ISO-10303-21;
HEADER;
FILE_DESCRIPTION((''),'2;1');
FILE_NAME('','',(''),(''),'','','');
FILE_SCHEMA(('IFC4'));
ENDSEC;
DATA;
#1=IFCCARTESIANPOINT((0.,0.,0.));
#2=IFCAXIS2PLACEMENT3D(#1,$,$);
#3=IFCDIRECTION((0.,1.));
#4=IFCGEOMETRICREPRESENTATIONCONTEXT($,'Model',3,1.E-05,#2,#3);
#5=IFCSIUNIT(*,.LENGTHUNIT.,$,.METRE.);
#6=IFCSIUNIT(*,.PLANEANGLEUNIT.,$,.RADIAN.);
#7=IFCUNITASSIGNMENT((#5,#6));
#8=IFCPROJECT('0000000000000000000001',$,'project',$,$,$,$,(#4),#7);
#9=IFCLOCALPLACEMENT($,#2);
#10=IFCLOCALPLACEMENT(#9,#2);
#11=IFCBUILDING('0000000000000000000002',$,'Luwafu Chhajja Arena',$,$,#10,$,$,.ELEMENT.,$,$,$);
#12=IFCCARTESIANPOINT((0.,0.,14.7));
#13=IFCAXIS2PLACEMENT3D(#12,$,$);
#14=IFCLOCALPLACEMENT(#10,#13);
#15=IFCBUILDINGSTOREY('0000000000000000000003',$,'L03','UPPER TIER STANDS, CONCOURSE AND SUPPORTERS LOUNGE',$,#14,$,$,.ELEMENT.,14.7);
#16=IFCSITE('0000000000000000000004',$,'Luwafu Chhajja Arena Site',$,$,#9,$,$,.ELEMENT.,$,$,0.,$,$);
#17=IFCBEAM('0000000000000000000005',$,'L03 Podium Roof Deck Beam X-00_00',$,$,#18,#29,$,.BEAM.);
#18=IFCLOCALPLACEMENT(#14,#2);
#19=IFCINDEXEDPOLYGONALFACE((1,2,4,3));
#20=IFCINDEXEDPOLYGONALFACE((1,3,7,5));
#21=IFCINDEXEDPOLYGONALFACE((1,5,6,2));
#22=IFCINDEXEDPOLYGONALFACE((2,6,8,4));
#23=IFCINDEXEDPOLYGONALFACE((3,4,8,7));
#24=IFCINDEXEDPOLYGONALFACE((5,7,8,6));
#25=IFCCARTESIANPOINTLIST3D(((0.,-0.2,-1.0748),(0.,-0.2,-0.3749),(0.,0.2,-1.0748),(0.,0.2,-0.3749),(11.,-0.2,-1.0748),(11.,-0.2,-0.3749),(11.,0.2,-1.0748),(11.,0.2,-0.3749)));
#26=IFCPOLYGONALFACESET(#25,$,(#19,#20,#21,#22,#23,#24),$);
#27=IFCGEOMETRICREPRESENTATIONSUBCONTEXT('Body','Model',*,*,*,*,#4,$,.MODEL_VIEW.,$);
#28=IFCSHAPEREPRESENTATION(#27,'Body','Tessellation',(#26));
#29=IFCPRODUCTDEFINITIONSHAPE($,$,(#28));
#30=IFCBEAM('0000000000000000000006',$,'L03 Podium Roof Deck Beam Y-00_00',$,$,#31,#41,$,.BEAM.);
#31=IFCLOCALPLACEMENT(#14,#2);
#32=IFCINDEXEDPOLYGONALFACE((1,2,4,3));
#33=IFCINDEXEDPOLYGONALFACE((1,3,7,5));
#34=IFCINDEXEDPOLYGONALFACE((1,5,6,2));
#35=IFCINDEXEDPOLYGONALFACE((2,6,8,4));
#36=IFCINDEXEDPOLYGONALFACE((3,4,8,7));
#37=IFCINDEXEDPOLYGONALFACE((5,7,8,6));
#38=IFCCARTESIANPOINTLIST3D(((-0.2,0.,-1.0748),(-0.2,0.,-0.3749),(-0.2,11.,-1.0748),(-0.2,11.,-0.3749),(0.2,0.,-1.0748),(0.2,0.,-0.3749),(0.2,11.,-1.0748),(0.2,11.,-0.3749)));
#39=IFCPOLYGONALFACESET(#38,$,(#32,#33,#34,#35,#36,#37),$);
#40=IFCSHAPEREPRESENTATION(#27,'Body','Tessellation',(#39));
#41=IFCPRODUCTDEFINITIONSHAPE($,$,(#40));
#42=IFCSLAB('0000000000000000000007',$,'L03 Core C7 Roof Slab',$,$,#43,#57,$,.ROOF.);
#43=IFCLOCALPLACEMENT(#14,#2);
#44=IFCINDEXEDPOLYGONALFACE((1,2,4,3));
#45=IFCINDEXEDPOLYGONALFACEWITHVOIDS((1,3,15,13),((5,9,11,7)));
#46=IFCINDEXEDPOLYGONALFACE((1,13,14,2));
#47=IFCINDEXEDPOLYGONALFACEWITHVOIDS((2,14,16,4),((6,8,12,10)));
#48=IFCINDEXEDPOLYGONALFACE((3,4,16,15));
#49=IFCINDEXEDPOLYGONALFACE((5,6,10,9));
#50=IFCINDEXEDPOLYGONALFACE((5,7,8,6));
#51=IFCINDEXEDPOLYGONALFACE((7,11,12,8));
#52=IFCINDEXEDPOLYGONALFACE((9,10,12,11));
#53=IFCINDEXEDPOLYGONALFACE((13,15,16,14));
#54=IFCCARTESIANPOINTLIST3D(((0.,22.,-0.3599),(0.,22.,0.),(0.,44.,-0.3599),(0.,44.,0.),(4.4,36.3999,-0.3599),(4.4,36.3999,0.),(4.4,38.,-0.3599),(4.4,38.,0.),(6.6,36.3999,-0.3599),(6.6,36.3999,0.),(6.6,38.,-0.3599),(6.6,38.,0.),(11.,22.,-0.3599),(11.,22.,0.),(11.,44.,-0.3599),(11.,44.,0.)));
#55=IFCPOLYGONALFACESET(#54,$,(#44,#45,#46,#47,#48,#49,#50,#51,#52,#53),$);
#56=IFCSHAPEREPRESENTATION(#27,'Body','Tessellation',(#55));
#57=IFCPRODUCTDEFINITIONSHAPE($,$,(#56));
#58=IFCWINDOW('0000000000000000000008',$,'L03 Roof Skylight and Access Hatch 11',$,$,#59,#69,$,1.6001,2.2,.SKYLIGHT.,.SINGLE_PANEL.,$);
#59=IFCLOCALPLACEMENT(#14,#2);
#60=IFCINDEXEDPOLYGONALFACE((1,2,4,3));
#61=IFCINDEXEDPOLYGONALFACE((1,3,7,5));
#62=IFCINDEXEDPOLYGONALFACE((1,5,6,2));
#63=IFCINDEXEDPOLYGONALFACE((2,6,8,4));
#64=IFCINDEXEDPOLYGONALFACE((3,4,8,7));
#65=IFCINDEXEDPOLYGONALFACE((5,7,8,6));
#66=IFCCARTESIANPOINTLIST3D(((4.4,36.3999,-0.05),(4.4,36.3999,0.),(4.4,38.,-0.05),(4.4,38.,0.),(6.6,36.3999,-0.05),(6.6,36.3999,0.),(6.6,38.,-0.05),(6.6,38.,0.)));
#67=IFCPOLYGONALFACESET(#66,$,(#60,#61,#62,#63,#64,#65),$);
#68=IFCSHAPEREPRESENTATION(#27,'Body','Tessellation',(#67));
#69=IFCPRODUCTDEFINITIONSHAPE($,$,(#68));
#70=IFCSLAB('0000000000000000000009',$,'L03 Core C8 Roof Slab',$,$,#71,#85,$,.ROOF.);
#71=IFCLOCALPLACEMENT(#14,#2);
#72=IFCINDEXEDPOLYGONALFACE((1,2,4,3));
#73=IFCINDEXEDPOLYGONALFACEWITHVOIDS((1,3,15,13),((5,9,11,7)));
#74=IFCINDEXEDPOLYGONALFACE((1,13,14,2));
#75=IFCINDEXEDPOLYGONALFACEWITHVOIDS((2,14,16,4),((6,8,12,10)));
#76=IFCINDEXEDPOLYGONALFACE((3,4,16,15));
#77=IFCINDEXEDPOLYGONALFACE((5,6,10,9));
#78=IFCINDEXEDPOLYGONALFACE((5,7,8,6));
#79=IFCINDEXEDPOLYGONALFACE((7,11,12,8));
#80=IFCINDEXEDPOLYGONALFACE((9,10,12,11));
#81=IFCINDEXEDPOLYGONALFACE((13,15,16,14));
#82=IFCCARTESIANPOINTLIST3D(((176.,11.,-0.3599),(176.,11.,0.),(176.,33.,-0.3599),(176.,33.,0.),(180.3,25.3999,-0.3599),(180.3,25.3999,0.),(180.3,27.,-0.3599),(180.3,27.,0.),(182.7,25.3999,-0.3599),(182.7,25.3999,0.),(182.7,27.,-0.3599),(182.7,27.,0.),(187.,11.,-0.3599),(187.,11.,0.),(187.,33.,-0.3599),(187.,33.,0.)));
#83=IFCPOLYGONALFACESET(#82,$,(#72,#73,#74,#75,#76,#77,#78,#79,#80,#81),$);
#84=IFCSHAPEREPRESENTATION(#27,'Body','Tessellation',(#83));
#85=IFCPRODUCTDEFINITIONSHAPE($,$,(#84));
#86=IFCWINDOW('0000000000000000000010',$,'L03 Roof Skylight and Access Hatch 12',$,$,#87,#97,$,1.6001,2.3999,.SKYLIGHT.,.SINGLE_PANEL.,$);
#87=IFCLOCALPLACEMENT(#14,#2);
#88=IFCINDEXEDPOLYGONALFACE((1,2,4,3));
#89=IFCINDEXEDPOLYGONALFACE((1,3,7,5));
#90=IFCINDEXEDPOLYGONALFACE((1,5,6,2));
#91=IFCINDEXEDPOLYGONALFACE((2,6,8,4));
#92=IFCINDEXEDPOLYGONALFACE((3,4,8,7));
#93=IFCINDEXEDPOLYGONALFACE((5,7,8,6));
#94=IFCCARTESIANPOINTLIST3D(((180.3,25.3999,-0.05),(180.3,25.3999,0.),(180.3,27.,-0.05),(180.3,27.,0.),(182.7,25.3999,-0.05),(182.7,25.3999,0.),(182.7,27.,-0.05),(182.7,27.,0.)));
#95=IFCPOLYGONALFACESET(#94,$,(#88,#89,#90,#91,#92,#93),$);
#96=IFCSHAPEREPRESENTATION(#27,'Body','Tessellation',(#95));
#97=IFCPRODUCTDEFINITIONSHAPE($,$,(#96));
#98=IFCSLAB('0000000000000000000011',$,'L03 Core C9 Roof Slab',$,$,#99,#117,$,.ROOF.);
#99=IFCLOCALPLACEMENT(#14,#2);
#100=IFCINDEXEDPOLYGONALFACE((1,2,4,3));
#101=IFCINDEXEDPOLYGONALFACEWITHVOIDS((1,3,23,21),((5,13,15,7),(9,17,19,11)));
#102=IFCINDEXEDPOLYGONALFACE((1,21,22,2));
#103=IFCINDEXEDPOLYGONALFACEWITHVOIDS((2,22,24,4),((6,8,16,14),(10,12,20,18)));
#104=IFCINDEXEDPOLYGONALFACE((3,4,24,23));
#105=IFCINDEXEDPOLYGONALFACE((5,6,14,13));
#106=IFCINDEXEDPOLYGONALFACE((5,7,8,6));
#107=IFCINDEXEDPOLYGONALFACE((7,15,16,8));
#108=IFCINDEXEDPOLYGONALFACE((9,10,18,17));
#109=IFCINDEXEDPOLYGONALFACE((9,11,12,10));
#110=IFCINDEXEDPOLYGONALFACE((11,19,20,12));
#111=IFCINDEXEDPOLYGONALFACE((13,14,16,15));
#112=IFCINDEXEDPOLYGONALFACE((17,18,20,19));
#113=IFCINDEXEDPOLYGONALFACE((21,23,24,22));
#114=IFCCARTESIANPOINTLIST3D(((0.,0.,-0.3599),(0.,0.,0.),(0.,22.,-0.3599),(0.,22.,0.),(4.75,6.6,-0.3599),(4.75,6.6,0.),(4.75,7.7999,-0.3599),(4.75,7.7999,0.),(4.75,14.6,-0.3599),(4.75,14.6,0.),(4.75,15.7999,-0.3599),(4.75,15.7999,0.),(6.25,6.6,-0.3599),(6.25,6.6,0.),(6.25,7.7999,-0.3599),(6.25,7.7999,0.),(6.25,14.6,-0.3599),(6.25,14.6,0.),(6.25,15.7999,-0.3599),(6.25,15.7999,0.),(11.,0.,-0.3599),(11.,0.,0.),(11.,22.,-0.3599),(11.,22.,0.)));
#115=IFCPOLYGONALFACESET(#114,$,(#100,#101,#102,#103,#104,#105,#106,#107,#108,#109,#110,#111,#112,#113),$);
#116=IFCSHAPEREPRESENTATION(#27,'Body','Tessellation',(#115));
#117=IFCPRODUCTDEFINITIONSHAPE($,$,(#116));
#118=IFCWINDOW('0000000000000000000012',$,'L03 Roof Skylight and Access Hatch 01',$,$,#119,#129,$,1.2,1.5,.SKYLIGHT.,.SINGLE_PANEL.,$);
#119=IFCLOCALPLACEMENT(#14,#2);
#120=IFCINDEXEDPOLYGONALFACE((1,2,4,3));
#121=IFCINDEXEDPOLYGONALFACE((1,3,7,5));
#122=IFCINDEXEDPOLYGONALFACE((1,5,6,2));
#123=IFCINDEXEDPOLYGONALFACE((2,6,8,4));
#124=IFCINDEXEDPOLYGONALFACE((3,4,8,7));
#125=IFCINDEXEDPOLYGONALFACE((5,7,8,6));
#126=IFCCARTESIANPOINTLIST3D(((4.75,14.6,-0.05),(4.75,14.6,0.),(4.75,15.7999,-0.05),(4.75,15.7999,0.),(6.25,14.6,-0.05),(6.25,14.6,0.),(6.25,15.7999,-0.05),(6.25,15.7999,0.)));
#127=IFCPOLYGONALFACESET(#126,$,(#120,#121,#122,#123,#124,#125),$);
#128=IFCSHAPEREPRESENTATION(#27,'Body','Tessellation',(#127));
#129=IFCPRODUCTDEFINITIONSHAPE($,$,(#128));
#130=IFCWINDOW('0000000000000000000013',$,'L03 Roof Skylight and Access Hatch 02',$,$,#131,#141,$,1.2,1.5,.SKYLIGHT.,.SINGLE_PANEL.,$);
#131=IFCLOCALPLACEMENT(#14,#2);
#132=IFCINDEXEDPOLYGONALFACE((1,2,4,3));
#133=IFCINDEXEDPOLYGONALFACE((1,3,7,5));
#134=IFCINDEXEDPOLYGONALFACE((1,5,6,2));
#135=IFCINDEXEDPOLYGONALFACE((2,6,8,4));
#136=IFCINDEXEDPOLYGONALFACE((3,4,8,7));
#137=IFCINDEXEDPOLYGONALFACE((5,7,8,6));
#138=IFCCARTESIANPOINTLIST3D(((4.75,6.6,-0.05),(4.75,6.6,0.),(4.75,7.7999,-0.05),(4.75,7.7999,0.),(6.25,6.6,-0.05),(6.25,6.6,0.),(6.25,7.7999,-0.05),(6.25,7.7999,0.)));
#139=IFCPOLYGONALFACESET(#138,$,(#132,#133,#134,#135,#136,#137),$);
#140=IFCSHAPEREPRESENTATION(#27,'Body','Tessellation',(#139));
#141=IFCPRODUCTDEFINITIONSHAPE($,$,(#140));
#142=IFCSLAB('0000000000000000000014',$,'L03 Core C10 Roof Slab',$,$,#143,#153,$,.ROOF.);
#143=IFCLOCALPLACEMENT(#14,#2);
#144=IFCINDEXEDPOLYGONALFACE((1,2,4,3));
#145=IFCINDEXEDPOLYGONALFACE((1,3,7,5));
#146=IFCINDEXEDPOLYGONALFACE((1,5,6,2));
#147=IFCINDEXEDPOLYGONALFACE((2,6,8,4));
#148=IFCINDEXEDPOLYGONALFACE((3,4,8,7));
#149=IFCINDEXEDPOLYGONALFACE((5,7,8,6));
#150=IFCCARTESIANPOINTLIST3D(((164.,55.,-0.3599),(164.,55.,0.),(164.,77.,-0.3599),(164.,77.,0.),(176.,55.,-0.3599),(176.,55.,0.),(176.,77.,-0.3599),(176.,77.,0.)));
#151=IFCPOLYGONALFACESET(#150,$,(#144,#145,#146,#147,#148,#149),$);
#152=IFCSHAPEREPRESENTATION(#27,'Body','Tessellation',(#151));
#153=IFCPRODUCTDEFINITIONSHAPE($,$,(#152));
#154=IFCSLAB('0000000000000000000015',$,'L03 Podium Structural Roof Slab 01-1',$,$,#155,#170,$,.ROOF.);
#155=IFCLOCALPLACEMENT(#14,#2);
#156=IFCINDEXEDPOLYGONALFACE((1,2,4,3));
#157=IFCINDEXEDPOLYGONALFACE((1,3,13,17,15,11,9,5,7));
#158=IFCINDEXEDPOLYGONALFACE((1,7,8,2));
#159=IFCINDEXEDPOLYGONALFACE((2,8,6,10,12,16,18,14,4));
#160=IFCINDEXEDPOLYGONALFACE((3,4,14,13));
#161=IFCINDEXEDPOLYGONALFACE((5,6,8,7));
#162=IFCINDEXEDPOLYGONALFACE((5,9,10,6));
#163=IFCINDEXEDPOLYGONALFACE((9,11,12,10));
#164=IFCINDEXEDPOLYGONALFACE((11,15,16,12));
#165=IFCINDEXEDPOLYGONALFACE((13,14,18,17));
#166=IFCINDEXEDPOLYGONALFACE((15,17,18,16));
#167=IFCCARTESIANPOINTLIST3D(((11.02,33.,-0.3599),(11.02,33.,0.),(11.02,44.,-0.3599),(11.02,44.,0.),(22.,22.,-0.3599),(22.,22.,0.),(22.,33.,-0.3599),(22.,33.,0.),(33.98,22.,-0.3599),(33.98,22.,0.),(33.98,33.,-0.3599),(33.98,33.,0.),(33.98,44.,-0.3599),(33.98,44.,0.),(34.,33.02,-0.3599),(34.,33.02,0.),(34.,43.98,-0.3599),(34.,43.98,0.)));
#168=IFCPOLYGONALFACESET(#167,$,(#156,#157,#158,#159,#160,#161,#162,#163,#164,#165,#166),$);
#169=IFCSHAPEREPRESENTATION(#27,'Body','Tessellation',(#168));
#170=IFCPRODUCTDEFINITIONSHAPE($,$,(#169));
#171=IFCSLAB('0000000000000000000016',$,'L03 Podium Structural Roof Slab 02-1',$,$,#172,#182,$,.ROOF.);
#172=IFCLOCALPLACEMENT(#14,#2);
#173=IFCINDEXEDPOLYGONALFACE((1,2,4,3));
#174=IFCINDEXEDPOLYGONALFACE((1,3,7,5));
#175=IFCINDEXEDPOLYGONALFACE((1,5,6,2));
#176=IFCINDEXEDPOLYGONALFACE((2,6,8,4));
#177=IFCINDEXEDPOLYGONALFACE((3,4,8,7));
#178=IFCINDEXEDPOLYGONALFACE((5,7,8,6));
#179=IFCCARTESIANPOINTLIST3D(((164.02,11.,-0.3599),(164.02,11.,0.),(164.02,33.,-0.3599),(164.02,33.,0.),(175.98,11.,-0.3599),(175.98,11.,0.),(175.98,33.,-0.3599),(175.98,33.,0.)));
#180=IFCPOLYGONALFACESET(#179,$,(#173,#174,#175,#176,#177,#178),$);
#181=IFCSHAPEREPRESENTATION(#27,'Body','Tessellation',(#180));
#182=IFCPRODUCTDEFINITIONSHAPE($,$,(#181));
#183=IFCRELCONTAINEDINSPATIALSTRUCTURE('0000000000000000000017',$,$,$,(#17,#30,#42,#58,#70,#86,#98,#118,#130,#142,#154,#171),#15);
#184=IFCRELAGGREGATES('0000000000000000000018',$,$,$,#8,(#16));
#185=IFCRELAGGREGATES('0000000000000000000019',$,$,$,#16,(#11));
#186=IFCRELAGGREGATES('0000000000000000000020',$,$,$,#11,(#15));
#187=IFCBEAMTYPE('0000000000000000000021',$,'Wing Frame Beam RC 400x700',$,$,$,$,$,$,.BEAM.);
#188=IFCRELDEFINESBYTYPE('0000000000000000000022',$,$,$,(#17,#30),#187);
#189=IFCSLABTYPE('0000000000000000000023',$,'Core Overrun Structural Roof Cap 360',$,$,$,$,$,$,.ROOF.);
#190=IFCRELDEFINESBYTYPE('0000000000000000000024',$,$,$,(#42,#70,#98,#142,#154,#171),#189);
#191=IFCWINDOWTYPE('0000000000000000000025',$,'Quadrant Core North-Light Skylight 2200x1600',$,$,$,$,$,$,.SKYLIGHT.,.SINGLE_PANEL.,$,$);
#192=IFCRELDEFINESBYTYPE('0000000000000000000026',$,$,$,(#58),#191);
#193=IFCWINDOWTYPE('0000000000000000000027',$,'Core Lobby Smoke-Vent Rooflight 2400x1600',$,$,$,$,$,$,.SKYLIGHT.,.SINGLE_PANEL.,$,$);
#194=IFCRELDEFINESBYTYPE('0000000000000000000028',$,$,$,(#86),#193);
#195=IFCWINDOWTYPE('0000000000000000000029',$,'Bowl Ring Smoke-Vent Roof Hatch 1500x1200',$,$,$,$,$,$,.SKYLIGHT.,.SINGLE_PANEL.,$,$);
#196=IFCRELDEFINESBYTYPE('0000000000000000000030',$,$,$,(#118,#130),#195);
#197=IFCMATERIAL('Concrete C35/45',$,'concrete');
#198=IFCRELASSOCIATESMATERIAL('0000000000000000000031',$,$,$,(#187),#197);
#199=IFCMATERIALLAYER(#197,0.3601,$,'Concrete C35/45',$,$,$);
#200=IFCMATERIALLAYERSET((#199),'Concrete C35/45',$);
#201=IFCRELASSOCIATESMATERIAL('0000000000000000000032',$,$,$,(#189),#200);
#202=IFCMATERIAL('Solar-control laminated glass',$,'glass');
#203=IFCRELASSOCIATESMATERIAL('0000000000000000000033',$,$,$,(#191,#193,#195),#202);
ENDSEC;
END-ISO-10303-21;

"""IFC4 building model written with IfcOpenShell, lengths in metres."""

from ifc_helpers import new_model, si_unit, direction, frame, origin, origin_2d, place, context, subcontext, project, spatial, polyline, rectangle, outline, extrude, material, layer, layer_set, material_profile, profile_set, type_object, element, fill, save


model = new_model("IFC4")

# Units and contexts
model_context = context("Model", 3, precision=1e-05, world=origin(), true_north=direction((0.0, 1.0)))
body_context = subcontext(model_context, "Body", "Model", "MODEL_VIEW")
ifc_project = project(units=[si_unit("LENGTHUNIT", "METRE"), si_unit("PLANEANGLEUNIT", "RADIAN")], contexts=[model_context])

# Site, building, storey
site_placement = place(None, origin())
site = spatial("IfcSite", under=ifc_project, at=site_placement, Name="Luwafu Chhajja Arena Site", CompositionType="ELEMENT", RefElevation=0.0)
building_placement = place(site_placement, origin())
building = spatial("IfcBuilding", under=site, at=building_placement, Name="Luwafu Chhajja Arena", CompositionType="ELEMENT")
storey_placement = place(building_placement, frame((0.0, 0.0, 14.7)))
storey = spatial("IfcBuildingStorey", under=building, at=storey_placement, Name="L03", Description="UPPER TIER STANDS, CONCOURSE AND SUPPORTERS LOUNGE", CompositionType="ELEMENT", Elevation=14.7)

# Beams
ifc_material_1 = material(Name="Concrete C35/45", Category="concrete")
ifc_material_profile = material_profile(ifc_material_1, rectangle(XDim=0.3999, YDim=0.7, at=origin_2d()), Name="RC 400x700")
ifc_profile_set = profile_set([ifc_material_profile], Name="Concrete C35/45")
beam_type = type_object("IfcBeamType", Name="Wing Frame Beam RC 400x700", PredefinedType="BEAM", material=ifc_profile_set)
for number, where, z_axis, x_axis, name in (
    (1, (0.0, 0.0, -0.7249), (1.0, 0.0, 0.0), (0.0, 1.0, 0.0), "L03 Podium Roof Deck Beam X-00_00"),
    (2, (0.0, 0.0, -0.7249), (0.0, 1.0, 0.0), (-1.0, 0.0, 0.0), "L03 Podium Roof Deck Beam Y-00_00"),
):
    element("IfcBeam", number, at=place(storey_placement, frame(where, z_axis=z_axis, x_axis=x_axis)), inside=storey, type_object=beam_type, Name=name, PredefinedType="BEAM", context=body_context, shape_type="SweptSolid", body=[
        extrude(rectangle(XDim=0.3999, YDim=0.7, at=origin_2d()), origin(), (0.0, 0.0, 1.0), 11.0),
    ])

# Slabs, openings, windows
ifc_layer_1 = layer(ifc_material_1, 0.3601, Name="Concrete C35/45")
ifc_layer_set_1 = layer_set([ifc_layer_1], Name="Concrete C35/45")
slab_type_1 = type_object("IfcSlabType", Name="Core Overrun Structural Roof Cap 360", PredefinedType="ROOF", material=ifc_layer_set_1)
slab_1_placement = place(storey_placement, frame((0.0, 0.0, -0.3599)))
slab_1 = element("IfcSlab", 3, at=slab_1_placement, inside=storey, type_object=slab_type_1, Name="L03 Core C7 Roof Slab", PredefinedType="ROOF", context=body_context, shape_type="SweptSolid", body=[
    extrude(outline(polyline([(0.0, 22.0), (11.0, 22.0), (11.0, 44.0), (0.0, 44.0), (0.0, 22.0)])), origin(), (0.0, 0.0, 1.0), 0.3599),
])
opening_1_placement = place(slab_1_placement, frame((5.5, 37.2, -0.01)))
opening_1 = element("IfcOpeningElement", 4, at=opening_1_placement, cuts=slab_1, PredefinedType="OPENING", context=body_context, shape_type="SweptSolid", body=[
    extrude(rectangle(XDim=2.2, YDim=1.6001, at=origin_2d()), origin(), (0.0, 0.0, 1.0), 0.3799),
])
ifc_material_2 = material(Name="Solar-control laminated glass", Category="glass")
window_type_1 = type_object("IfcWindowType", Name="Quadrant Core North-Light Skylight 2200x1600", PartitioningType="SINGLE_PANEL", PredefinedType="SKYLIGHT", material=ifc_material_2)
window_1_placement = place(opening_1_placement, frame((0.0, 0.0, 0.3198)))
window_1 = element("IfcWindow", 5, at=window_1_placement, inside=storey, type_object=window_type_1, Name="L03 Roof Skylight and Access Hatch 11", OverallHeight=1.6001, OverallWidth=2.2, PartitioningType="SINGLE_PANEL", PredefinedType="SKYLIGHT", context=body_context, shape_type="SweptSolid", body=[
    extrude(rectangle(XDim=2.2, YDim=1.6001, at=origin_2d()), origin(), (0.0, 0.0, 1.0), 0.05),
])
fill(opening_1, window_1)
slab_2_placement = place(storey_placement, frame((0.0, 0.0, -0.3599)))
slab_2 = element("IfcSlab", 6, at=slab_2_placement, inside=storey, type_object=slab_type_1, Name="L03 Core C8 Roof Slab", PredefinedType="ROOF", context=body_context, shape_type="SweptSolid", body=[
    extrude(outline(polyline([(176.0, 11.0), (187.0, 11.0), (187.0, 33.0), (176.0, 33.0), (176.0, 11.0)])), origin(), (0.0, 0.0, 1.0), 0.3599),
])
opening_2_placement = place(slab_2_placement, frame((181.5, 26.2, -0.01)))
opening_2 = element("IfcOpeningElement", 7, at=opening_2_placement, cuts=slab_2, PredefinedType="OPENING", context=body_context, shape_type="SweptSolid", body=[
    extrude(rectangle(XDim=2.3999, YDim=1.6001, at=origin_2d()), origin(), (0.0, 0.0, 1.0), 0.3799),
])
window_type_2 = type_object("IfcWindowType", Name="Core Lobby Smoke-Vent Rooflight 2400x1600", PartitioningType="SINGLE_PANEL", PredefinedType="SKYLIGHT", material=ifc_material_2)
window_2_placement = place(opening_2_placement, frame((0.0, 0.0, 0.3198)))
window_2 = element("IfcWindow", 8, at=window_2_placement, inside=storey, type_object=window_type_2, Name="L03 Roof Skylight and Access Hatch 12", OverallHeight=1.6001, OverallWidth=2.3999, PartitioningType="SINGLE_PANEL", PredefinedType="SKYLIGHT", context=body_context, shape_type="SweptSolid", body=[
    extrude(rectangle(XDim=2.3999, YDim=1.6001, at=origin_2d()), origin(), (0.0, 0.0, 1.0), 0.05),
])
fill(opening_2, window_2)

# Slab, openings, windows
slab_3_placement = place(storey_placement, frame((0.0, 0.0, -0.3599)))
slab_3 = element("IfcSlab", 9, at=slab_3_placement, inside=storey, type_object=slab_type_1, Name="L03 Core C9 Roof Slab", PredefinedType="ROOF", context=body_context, shape_type="SweptSolid", body=[
    extrude(outline(polyline([(0.0, 0.0), (11.0, 0.0), (11.0, 22.0), (0.0, 22.0), (0.0, 0.0)])), origin(), (0.0, 0.0, 1.0), 0.3599),
])
opening_3_placement = place(slab_3_placement, frame((5.5, 15.2, -0.01)))
opening_3 = element("IfcOpeningElement", 10, at=opening_3_placement, cuts=slab_3, PredefinedType="OPENING", context=body_context, shape_type="SweptSolid", body=[
    extrude(rectangle(XDim=1.5, YDim=1.2, at=origin_2d()), origin(), (0.0, 0.0, 1.0), 0.3799),
])
opening_4_placement = place(slab_3_placement, frame((5.5, 7.2, -0.01)))
opening_4 = element("IfcOpeningElement", 11, at=opening_4_placement, cuts=slab_3, PredefinedType="OPENING", context=body_context, shape_type="SweptSolid", body=[
    extrude(rectangle(XDim=1.5, YDim=1.2, at=origin_2d()), origin(), (0.0, 0.0, 1.0), 0.3799),
])
window_type_3 = type_object("IfcWindowType", Name="Bowl Ring Smoke-Vent Roof Hatch 1500x1200", PartitioningType="SINGLE_PANEL", PredefinedType="SKYLIGHT", material=ifc_material_2)
window_3_placement = place(opening_3_placement, frame((0.0, 0.0, 0.3198)))
window_3 = element("IfcWindow", 12, at=window_3_placement, inside=storey, type_object=window_type_3, Name="L03 Roof Skylight and Access Hatch 01", OverallHeight=1.2, OverallWidth=1.5, PartitioningType="SINGLE_PANEL", PredefinedType="SKYLIGHT", context=body_context, shape_type="SweptSolid", body=[
    extrude(rectangle(XDim=1.5, YDim=1.2, at=origin_2d()), origin(), (0.0, 0.0, 1.0), 0.05),
])
fill(opening_3, window_3)
window_4_placement = place(opening_4_placement, frame((0.0, 0.0, 0.3198)))
window_4 = element("IfcWindow", 13, at=window_4_placement, inside=storey, type_object=window_type_3, Name="L03 Roof Skylight and Access Hatch 02", OverallHeight=1.2, OverallWidth=1.5, PartitioningType="SINGLE_PANEL", PredefinedType="SKYLIGHT", context=body_context, shape_type="SweptSolid", body=[
    extrude(rectangle(XDim=1.5, YDim=1.2, at=origin_2d()), origin(), (0.0, 0.0, 1.0), 0.05),
])
fill(opening_4, window_4)

# Slabs
slab_4_placement = place(storey_placement, frame((0.0, 0.0, -0.3599)))
element("IfcSlab", 14, at=slab_4_placement, inside=storey, type_object=slab_type_1, Name="L03 Core C10 Roof Slab", PredefinedType="ROOF", context=body_context, shape_type="SweptSolid", body=[
    extrude(outline(polyline([(164.0, 55.0), (176.0, 55.0), (176.0, 77.0), (164.0, 77.0), (164.0, 55.0)])), origin(), (0.0, 0.0, 1.0), 0.3599),
])
slab_5_placement = place(storey_placement, frame((0.0, 0.0, -0.3599)))
element("IfcSlab", 15, at=slab_5_placement, inside=storey, type_object=slab_type_1, Name="L03 Podium Structural Roof Slab 01-1", PredefinedType="ROOF", context=body_context, shape_type="SweptSolid", body=[
    extrude(outline(polyline([(34.0, 33.02), (33.98, 33.0), (33.98, 22.0), (22.0, 22.0), (22.0, 33.0), (11.02, 33.0), (11.02, 44.0), (33.98, 44.0), (34.0, 43.98), (34.0, 33.02)])), origin(), (0.0, 0.0, 1.0), 0.3599),
])
slab_6_placement = place(storey_placement, frame((0.0, 0.0, -0.3599)))
element("IfcSlab", 16, at=slab_6_placement, inside=storey, type_object=slab_type_1, Name="L03 Podium Structural Roof Slab 02-1", PredefinedType="ROOF", context=body_context, shape_type="SweptSolid", body=[
    extrude(outline(polyline([(164.02, 11.0), (164.02, 33.0), (175.98, 33.0), (175.98, 11.0), (164.02, 11.0)])), origin(), (0.0, 0.0, 1.0), 0.3599),
])

save(model, "model.ifc")
